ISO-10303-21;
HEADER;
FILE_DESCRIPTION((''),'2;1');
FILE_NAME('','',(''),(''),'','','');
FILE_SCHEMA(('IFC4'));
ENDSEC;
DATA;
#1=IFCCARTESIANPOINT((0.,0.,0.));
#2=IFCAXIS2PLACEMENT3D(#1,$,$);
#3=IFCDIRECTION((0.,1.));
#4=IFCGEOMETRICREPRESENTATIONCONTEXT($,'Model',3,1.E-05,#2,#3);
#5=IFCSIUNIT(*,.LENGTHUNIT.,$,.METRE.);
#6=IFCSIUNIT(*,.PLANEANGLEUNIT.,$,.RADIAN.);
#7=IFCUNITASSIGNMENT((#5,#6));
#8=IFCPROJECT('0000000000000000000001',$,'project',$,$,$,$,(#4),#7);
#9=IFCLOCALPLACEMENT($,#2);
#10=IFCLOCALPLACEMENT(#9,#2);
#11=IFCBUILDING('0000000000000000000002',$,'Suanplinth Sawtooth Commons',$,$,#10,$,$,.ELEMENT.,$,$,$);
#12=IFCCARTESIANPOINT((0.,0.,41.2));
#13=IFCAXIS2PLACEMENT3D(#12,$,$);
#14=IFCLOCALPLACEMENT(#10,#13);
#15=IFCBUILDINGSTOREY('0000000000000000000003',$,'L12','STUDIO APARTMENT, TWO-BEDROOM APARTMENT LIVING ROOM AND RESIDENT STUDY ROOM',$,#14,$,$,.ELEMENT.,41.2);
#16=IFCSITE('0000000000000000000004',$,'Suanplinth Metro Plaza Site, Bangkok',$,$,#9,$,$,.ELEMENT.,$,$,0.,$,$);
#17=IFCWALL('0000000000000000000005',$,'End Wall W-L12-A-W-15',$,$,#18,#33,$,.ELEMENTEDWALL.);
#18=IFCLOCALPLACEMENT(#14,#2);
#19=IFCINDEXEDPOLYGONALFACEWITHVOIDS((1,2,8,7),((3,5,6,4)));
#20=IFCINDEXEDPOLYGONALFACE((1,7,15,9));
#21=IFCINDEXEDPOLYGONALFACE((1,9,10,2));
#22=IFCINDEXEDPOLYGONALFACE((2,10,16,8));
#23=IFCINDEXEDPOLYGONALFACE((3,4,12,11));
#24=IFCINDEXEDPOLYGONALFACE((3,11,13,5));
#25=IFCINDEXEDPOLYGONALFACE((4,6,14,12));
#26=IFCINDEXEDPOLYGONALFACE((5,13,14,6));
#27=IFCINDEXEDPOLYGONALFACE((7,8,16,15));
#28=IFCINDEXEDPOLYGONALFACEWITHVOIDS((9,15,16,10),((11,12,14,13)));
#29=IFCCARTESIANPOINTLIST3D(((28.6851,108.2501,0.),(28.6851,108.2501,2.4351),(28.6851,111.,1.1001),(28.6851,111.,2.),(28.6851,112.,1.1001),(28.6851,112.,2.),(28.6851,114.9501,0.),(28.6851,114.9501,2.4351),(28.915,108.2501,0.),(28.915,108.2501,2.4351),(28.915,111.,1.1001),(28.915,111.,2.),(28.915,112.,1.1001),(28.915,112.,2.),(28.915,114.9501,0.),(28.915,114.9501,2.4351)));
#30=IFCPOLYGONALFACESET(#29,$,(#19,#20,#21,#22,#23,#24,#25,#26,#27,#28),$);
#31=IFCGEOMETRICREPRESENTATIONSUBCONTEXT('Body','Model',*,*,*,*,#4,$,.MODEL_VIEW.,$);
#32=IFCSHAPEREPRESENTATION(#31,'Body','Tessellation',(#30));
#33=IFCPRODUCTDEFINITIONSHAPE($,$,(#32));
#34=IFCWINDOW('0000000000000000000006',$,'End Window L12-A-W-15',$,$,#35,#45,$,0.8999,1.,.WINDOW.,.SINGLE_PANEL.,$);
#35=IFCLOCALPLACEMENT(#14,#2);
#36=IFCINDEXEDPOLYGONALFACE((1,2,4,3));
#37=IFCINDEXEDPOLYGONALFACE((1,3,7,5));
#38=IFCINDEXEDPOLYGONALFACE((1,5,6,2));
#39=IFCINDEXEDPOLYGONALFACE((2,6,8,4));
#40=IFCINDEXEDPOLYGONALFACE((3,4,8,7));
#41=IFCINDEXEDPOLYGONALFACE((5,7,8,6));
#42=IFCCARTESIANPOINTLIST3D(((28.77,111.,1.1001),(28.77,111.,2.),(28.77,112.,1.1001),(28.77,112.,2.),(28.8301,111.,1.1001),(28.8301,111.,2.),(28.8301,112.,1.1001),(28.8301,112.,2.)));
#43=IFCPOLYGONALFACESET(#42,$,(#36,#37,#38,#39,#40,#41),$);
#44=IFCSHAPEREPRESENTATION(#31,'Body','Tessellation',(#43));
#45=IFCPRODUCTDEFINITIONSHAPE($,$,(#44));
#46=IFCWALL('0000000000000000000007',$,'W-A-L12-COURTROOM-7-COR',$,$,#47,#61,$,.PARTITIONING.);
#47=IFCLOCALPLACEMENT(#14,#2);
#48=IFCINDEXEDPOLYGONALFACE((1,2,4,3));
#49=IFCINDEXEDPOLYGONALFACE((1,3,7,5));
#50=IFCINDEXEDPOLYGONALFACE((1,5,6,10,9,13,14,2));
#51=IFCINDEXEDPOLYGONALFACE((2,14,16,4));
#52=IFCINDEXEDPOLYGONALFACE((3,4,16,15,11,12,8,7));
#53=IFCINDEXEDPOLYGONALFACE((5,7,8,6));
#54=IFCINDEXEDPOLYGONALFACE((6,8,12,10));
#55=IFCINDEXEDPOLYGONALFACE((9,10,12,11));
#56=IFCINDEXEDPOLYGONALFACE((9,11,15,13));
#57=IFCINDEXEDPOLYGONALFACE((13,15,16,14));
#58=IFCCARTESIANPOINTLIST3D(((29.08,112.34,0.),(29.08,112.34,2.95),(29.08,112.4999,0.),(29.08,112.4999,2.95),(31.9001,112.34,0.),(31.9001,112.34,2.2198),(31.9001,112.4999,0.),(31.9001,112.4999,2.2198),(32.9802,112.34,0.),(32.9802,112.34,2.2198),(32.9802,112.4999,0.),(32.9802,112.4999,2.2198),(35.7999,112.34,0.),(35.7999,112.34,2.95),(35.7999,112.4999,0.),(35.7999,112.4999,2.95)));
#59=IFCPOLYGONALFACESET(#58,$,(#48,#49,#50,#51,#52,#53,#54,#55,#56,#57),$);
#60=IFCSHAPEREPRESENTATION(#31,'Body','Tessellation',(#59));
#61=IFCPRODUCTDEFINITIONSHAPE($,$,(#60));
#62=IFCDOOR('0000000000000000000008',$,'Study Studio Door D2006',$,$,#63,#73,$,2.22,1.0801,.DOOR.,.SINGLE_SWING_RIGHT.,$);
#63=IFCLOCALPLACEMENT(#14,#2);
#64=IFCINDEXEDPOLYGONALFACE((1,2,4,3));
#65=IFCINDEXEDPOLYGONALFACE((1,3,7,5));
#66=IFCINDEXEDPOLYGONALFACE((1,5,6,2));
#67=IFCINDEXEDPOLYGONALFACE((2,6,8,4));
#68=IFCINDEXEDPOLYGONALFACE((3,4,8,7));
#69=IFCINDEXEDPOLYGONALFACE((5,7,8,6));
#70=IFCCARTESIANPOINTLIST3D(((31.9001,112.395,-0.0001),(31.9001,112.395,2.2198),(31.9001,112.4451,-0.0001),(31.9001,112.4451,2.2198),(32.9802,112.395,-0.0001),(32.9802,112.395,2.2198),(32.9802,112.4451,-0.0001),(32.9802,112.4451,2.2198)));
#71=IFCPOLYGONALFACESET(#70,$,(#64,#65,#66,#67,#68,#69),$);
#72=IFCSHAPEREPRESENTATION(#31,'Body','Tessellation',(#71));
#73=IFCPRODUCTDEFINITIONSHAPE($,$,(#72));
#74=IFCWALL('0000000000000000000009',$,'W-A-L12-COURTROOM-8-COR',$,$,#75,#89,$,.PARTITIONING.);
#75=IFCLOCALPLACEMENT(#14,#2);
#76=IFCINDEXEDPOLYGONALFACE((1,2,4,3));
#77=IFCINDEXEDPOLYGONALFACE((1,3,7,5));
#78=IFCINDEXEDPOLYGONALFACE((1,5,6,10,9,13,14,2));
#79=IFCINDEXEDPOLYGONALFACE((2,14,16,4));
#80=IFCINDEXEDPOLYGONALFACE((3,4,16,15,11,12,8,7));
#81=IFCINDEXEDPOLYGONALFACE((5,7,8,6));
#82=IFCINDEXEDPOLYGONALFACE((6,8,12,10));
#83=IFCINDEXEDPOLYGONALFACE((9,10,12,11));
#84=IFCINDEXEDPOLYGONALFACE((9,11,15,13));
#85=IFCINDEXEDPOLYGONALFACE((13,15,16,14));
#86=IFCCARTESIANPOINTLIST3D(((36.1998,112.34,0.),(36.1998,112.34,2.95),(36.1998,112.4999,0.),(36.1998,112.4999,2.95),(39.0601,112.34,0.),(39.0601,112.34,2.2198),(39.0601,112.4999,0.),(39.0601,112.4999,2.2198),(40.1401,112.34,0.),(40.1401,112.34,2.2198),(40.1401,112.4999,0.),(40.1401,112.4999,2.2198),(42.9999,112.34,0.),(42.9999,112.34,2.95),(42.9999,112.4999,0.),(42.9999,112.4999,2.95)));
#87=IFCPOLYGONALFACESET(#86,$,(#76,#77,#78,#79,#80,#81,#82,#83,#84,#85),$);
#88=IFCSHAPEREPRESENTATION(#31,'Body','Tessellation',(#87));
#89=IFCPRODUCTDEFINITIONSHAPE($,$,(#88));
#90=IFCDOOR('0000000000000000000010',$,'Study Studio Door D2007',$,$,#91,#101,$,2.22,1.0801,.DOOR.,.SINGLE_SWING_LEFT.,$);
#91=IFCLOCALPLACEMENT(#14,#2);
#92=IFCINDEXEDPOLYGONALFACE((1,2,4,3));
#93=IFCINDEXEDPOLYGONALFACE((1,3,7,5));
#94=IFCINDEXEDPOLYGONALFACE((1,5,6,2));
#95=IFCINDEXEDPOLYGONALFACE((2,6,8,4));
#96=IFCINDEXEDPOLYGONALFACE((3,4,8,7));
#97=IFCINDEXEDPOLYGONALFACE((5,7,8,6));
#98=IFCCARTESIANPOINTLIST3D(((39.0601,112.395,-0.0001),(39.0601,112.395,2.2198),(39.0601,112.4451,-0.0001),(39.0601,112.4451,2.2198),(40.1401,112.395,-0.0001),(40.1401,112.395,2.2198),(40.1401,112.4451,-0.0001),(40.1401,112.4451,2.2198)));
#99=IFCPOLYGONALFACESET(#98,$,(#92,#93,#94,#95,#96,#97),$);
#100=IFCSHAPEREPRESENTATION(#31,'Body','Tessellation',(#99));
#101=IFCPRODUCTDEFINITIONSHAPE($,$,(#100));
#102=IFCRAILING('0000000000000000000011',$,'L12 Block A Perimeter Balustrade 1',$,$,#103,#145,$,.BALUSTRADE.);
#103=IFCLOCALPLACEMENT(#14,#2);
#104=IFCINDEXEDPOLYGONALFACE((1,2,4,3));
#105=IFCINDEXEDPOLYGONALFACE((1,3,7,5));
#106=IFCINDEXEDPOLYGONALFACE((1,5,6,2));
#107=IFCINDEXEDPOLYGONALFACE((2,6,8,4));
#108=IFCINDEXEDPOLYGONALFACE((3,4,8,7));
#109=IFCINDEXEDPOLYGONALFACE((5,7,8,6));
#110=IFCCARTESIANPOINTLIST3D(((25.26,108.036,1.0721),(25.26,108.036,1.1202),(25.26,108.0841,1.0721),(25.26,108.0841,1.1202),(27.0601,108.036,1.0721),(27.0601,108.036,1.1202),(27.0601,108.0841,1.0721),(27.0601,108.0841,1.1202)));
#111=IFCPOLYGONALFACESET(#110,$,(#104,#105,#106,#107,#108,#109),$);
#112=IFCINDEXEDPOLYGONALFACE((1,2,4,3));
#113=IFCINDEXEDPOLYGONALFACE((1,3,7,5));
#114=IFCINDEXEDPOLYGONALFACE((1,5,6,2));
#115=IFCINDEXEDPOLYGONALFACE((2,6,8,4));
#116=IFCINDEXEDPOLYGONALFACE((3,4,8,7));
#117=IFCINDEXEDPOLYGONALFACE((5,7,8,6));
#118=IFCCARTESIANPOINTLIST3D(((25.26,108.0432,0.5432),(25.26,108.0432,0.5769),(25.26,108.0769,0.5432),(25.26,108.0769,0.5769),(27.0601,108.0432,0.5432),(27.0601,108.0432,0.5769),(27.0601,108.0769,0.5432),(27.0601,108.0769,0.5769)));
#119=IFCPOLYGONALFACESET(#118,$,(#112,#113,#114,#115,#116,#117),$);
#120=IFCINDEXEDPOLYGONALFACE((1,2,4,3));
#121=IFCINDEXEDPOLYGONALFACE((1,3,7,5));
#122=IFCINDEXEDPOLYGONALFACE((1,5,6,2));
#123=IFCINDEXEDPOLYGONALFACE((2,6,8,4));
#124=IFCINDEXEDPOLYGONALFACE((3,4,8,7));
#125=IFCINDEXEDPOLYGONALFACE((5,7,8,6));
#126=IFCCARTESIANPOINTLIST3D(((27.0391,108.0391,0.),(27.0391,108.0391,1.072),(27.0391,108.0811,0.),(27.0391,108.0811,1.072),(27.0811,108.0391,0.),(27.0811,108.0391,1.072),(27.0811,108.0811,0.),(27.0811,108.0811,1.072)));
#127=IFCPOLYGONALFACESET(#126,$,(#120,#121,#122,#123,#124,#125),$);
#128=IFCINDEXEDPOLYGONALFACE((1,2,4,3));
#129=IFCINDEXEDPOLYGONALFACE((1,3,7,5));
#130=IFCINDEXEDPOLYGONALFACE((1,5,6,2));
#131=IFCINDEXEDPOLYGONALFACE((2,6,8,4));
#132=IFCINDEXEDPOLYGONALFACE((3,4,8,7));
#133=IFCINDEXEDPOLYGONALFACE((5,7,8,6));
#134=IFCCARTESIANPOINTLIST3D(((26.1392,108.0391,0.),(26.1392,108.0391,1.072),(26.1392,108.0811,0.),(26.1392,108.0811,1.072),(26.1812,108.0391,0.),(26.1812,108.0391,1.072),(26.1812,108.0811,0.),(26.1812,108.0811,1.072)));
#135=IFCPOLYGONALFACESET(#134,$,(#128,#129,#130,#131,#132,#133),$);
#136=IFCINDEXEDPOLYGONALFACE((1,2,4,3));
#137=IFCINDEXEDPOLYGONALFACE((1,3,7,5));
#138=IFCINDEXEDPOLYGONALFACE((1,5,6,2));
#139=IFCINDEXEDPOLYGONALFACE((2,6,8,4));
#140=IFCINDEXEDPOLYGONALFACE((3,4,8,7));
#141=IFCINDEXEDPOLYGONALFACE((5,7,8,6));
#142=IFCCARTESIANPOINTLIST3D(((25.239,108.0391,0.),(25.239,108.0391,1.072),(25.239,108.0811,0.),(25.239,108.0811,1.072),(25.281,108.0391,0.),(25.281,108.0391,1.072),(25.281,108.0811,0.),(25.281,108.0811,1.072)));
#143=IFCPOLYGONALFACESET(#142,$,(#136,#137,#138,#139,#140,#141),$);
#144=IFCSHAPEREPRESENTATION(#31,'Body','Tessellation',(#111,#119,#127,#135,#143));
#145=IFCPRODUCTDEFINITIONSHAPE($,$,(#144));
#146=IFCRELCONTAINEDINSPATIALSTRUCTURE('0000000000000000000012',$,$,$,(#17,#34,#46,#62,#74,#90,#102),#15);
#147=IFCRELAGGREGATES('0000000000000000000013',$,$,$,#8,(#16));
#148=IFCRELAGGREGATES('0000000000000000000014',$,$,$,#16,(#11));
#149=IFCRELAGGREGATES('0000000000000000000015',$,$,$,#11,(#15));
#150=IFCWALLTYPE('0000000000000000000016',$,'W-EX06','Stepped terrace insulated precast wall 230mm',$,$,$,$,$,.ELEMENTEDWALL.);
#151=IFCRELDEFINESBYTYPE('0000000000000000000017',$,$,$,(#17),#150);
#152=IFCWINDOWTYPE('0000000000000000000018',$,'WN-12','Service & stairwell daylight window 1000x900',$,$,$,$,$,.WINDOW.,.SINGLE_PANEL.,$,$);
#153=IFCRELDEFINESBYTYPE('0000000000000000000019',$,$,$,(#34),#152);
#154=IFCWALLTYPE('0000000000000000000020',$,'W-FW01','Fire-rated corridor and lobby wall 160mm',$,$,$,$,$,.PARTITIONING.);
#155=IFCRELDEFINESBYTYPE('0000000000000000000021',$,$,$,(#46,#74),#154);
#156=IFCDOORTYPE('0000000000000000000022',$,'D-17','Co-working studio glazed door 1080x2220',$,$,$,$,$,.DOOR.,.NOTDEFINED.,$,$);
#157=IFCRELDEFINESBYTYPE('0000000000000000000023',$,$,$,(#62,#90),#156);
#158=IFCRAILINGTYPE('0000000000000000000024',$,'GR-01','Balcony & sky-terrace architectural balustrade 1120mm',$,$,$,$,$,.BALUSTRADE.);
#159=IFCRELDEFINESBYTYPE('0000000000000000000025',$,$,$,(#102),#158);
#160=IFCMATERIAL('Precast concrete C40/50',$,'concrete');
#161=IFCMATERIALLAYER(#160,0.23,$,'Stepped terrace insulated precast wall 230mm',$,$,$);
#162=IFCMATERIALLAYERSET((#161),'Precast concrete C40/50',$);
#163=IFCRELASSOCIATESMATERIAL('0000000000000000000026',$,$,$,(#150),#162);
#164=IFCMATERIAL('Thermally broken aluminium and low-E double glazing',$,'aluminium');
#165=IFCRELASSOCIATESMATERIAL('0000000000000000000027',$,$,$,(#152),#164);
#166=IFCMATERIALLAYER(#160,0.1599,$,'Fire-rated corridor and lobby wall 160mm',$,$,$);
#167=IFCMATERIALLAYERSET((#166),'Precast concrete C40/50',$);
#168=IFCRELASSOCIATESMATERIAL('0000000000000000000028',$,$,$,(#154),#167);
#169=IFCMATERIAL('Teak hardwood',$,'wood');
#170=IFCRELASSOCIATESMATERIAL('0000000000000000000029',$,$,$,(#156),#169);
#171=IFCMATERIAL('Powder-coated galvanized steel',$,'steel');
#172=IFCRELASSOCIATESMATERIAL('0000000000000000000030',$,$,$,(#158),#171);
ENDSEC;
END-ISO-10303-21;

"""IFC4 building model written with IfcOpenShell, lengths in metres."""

from ifc_helpers import new_model, si_unit, direction, frame, frame_2d, origin, origin_2d, place, context, subcontext, project, spatial, rectangle, extrude, material, layer, layer_set, type_object, element, fill, save


model = new_model("IFC4")

# Units and contexts
model_context = context("Model", 3, precision=1e-05, world=origin(), true_north=direction((0.0, 1.0)))
body_context = subcontext(model_context, "Body", "Model", "MODEL_VIEW")
ifc_project = project(units=[si_unit("LENGTHUNIT", "METRE"), si_unit("PLANEANGLEUNIT", "RADIAN")], contexts=[model_context])

# Site, building, storey
site_placement = place(None, origin())
site = spatial("IfcSite", under=ifc_project, at=site_placement, Name="Suanplinth Metro Plaza Site, Bangkok", CompositionType="ELEMENT", RefElevation=0.0)
building_placement = place(site_placement, origin())
building = spatial("IfcBuilding", under=site, at=building_placement, Name="Suanplinth Sawtooth Commons", CompositionType="ELEMENT")
storey_placement = place(building_placement, frame((0.0, 0.0, 41.2)))
storey = spatial("IfcBuildingStorey", under=building, at=storey_placement, Name="L12", Description="STUDIO APARTMENT, TWO-BEDROOM APARTMENT LIVING ROOM AND RESIDENT STUDY ROOM", CompositionType="ELEMENT", Elevation=41.2)

# Shared definitions
ifc_material_1 = material(Name="Precast concrete C40/50", Category="concrete")

# Wall, opening, window
ifc_layer_1 = layer(ifc_material_1, 0.23, Name="Stepped terrace insulated precast wall 230mm")
ifc_layer_set_1 = layer_set([ifc_layer_1], Name="Precast concrete C40/50")
wall_type_1 = type_object("IfcWallType", Name="W-EX06", Description="Stepped terrace insulated precast wall 230mm", PredefinedType="ELEMENTEDWALL", material=ifc_layer_set_1)
wall_1_placement = place(storey_placement, frame((28.8, 108.25, 0.0), z_axis=(0.0, 0.0, 1.0), x_axis=(0.0, 1.0, 0.0)))
wall_1 = element("IfcWall", 1, at=wall_1_placement, inside=storey, type_object=wall_type_1, Name="End Wall W-L12-A-W-15", PredefinedType="ELEMENTEDWALL", context=body_context, shape_type="SweptSolid", body=[
    extrude(rectangle(XDim=6.7, YDim=0.23, at=frame_2d((3.3501, 0.0))), origin(), (0.0, 0.0, 1.0), 2.4351),
])
opening_1_placement = place(wall_1_placement, frame((2.75, 0.0, 1.1001)))
opening_1 = element("IfcOpeningElement", 2, at=opening_1_placement, cuts=wall_1, PredefinedType="OPENING", context=body_context, shape_type="SweptSolid", body=[
    extrude(rectangle(XDim=1.0, YDim=0.8999, at=frame_2d((0.5, 0.45))), frame((0.0, 0.1299, 0.0), z_axis=(0.0, -1.0, 0.0), x_axis=(1.0, 0.0, 0.0)), (0.0, 0.0, 1.0), 0.2598),
])
ifc_material_2 = material(Name="Thermally broken aluminium and low-E double glazing", Category="aluminium")
window_type = type_object("IfcWindowType", Name="WN-12", Description="Service & stairwell daylight window 1000x900", PartitioningType="SINGLE_PANEL", PredefinedType="WINDOW", material=ifc_material_2)
window_placement = place(opening_1_placement, origin())
window = element("IfcWindow", 3, at=window_placement, inside=storey, type_object=window_type, Name="End Window L12-A-W-15", OverallHeight=0.8999, OverallWidth=1.0, PartitioningType="SINGLE_PANEL", PredefinedType="WINDOW", context=body_context, shape_type="SweptSolid", body=[
    extrude(rectangle(XDim=1.0, YDim=0.8999, at=frame_2d((0.5, 0.45))), frame((0.0, 0.03, 0.0), z_axis=(0.0, -1.0, 0.0), x_axis=(1.0, 0.0, 0.0)), (0.0, 0.0, 1.0), 0.0601),
])
fill(opening_1, window)

# Walls, openings, doors
ifc_layer_2 = layer(ifc_material_1, 0.1599, Name="Fire-rated corridor and lobby wall 160mm")
ifc_layer_set_2 = layer_set([ifc_layer_2], Name="Precast concrete C40/50")
wall_type_2 = type_object("IfcWallType", Name="W-FW01", Description="Fire-rated corridor and lobby wall 160mm", PredefinedType="PARTITIONING", material=ifc_layer_set_2)
wall_2_placement = place(storey_placement, frame((29.0801, 112.4199, 0.0), z_axis=(0.0, 0.0, 1.0), x_axis=(1.0, 0.0, 0.0)))
wall_2 = element("IfcWall", 4, at=wall_2_placement, inside=storey, type_object=wall_type_2, Name="W-A-L12-COURTROOM-7-COR", PredefinedType="PARTITIONING", context=body_context, shape_type="SweptSolid", body=[
    extrude(rectangle(XDim=6.72, YDim=0.1599, at=frame_2d((3.3599, 0.0))), origin(), (0.0, 0.0, 1.0), 2.95),
])
opening_2_placement = place(wall_2_placement, frame((2.8201, 0.0, 0.0)))
opening_2 = element("IfcOpeningElement", 5, at=opening_2_placement, cuts=wall_2, PredefinedType="OPENING", context=body_context, shape_type="SweptSolid", body=[
    extrude(rectangle(XDim=1.0801, YDim=2.22, at=frame_2d((0.54, 1.1099))), frame((0.0, 0.0947, 0.0), z_axis=(0.0, -1.0, 0.0), x_axis=(1.0, 0.0, 0.0)), (0.0, 0.0, 1.0), 0.1897),
])
ifc_material_3 = material(Name="Teak hardwood", Category="wood")
door_type_1 = type_object("IfcDoorType", Name="D-17", Description="Co-working studio glazed door 1080x2220", OperationType="NOTDEFINED", PredefinedType="DOOR", material=ifc_material_3)
door_1_placement = place(opening_2_placement, frame((1.0801, 0.0, 0.0), z_axis=(0.0, 0.0, 1.0), x_axis=(-1.0, 0.0, 0.0)))
door_1 = element("IfcDoor", 6, at=door_1_placement, inside=storey, type_object=door_type_1, Name="Study Studio Door D2006", OperationType="SINGLE_SWING_RIGHT", OverallHeight=2.22, OverallWidth=1.0801, PredefinedType="DOOR", context=body_context, shape_type="SweptSolid", body=[
    extrude(rectangle(XDim=1.0801, YDim=2.22, at=frame_2d((0.54, 1.1099))), frame((0.0, 0.0249, 0.0), z_axis=(0.0, -1.0, 0.0), x_axis=(1.0, 0.0, 0.0)), (0.0, 0.0, 1.0), 0.05),
])
fill(opening_2, door_1)
wall_3_placement = place(storey_placement, frame((36.2, 112.4199, 0.0), z_axis=(0.0, 0.0, 1.0), x_axis=(1.0, 0.0, 0.0)))
wall_3 = element("IfcWall", 7, at=wall_3_placement, inside=storey, type_object=wall_type_2, Name="W-A-L12-COURTROOM-8-COR", PredefinedType="PARTITIONING", context=body_context, shape_type="SweptSolid", body=[
    extrude(rectangle(XDim=6.8, YDim=0.1599, at=frame_2d((3.3999, 0.0))), origin(), (0.0, 0.0, 1.0), 2.95),
])
opening_3_placement = place(wall_3_placement, frame((2.8601, 0.0, 0.0)))
opening_3 = element("IfcOpeningElement", 8, at=opening_3_placement, cuts=wall_3, PredefinedType="OPENING", context=body_context, shape_type="SweptSolid", body=[
    extrude(rectangle(XDim=1.0801, YDim=2.22, at=frame_2d((0.54, 1.1099))), frame((0.0, 0.0947, 0.0), z_axis=(0.0, -1.0, 0.0), x_axis=(1.0, 0.0, 0.0)), (0.0, 0.0, 1.0), 0.1897),
])
door_2_placement = place(opening_3_placement, frame((1.0801, 0.0, 0.0), z_axis=(0.0, 0.0, 1.0), x_axis=(-1.0, 0.0, 0.0)))
door_2 = element("IfcDoor", 9, at=door_2_placement, inside=storey, type_object=door_type_1, Name="Study Studio Door D2007", OperationType="SINGLE_SWING_LEFT", OverallHeight=2.22, OverallWidth=1.0801, PredefinedType="DOOR", context=body_context, shape_type="SweptSolid", body=[
    extrude(rectangle(XDim=1.0801, YDim=2.22, at=frame_2d((0.54, 1.1099))), frame((0.0, 0.0249, 0.0), z_axis=(0.0, -1.0, 0.0), x_axis=(1.0, 0.0, 0.0)), (0.0, 0.0, 1.0), 0.05),
])
fill(opening_3, door_2)

# Railing
ifc_material_4 = material(Name="Powder-coated galvanized steel", Category="steel")
railing_type = type_object("IfcRailingType", Name="GR-01", Description="Balcony & sky-terrace architectural balustrade 1120mm", PredefinedType="BALUSTRADE", material=ifc_material_4)
railing_1_placement = place(storey_placement, frame((27.0601, 108.0601, 0.0)))
element("IfcRailing", 10, at=railing_1_placement, inside=storey, type_object=railing_type, Name="L12 Block A Perimeter Balustrade 1", PredefinedType="BALUSTRADE", context=body_context, shape_type="SweptSolid", body=[
    extrude(rectangle(XDim=0.0481, YDim=0.0481, at=origin_2d()), frame((0.0, 0.0, 1.0962), z_axis=(-1.0, 0.0, 0.0), x_axis=(0.0, -1.0, 0.0)), (0.0, 0.0, 1.0), 1.8),
    extrude(rectangle(XDim=0.0337, YDim=0.0337, at=origin_2d()), frame((0.0, 0.0, 0.5601), z_axis=(-1.0, 0.0, 0.0), x_axis=(0.0, -1.0, 0.0)), (0.0, 0.0, 1.0), 1.8),
    extrude(rectangle(XDim=0.042, YDim=0.042, at=origin_2d()), origin(), (0.0, 0.0, 1.0), 1.072),
    extrude(rectangle(XDim=0.042, YDim=0.042, at=origin_2d()), frame((-0.8999, 0.0, 0.0)), (0.0, 0.0, 1.0), 1.072),
    extrude(rectangle(XDim=0.042, YDim=0.042, at=origin_2d()), frame((-1.8, 0.0, 0.0)), (0.0, 0.0, 1.0), 1.072),
])

save(model, "model.ifc")
